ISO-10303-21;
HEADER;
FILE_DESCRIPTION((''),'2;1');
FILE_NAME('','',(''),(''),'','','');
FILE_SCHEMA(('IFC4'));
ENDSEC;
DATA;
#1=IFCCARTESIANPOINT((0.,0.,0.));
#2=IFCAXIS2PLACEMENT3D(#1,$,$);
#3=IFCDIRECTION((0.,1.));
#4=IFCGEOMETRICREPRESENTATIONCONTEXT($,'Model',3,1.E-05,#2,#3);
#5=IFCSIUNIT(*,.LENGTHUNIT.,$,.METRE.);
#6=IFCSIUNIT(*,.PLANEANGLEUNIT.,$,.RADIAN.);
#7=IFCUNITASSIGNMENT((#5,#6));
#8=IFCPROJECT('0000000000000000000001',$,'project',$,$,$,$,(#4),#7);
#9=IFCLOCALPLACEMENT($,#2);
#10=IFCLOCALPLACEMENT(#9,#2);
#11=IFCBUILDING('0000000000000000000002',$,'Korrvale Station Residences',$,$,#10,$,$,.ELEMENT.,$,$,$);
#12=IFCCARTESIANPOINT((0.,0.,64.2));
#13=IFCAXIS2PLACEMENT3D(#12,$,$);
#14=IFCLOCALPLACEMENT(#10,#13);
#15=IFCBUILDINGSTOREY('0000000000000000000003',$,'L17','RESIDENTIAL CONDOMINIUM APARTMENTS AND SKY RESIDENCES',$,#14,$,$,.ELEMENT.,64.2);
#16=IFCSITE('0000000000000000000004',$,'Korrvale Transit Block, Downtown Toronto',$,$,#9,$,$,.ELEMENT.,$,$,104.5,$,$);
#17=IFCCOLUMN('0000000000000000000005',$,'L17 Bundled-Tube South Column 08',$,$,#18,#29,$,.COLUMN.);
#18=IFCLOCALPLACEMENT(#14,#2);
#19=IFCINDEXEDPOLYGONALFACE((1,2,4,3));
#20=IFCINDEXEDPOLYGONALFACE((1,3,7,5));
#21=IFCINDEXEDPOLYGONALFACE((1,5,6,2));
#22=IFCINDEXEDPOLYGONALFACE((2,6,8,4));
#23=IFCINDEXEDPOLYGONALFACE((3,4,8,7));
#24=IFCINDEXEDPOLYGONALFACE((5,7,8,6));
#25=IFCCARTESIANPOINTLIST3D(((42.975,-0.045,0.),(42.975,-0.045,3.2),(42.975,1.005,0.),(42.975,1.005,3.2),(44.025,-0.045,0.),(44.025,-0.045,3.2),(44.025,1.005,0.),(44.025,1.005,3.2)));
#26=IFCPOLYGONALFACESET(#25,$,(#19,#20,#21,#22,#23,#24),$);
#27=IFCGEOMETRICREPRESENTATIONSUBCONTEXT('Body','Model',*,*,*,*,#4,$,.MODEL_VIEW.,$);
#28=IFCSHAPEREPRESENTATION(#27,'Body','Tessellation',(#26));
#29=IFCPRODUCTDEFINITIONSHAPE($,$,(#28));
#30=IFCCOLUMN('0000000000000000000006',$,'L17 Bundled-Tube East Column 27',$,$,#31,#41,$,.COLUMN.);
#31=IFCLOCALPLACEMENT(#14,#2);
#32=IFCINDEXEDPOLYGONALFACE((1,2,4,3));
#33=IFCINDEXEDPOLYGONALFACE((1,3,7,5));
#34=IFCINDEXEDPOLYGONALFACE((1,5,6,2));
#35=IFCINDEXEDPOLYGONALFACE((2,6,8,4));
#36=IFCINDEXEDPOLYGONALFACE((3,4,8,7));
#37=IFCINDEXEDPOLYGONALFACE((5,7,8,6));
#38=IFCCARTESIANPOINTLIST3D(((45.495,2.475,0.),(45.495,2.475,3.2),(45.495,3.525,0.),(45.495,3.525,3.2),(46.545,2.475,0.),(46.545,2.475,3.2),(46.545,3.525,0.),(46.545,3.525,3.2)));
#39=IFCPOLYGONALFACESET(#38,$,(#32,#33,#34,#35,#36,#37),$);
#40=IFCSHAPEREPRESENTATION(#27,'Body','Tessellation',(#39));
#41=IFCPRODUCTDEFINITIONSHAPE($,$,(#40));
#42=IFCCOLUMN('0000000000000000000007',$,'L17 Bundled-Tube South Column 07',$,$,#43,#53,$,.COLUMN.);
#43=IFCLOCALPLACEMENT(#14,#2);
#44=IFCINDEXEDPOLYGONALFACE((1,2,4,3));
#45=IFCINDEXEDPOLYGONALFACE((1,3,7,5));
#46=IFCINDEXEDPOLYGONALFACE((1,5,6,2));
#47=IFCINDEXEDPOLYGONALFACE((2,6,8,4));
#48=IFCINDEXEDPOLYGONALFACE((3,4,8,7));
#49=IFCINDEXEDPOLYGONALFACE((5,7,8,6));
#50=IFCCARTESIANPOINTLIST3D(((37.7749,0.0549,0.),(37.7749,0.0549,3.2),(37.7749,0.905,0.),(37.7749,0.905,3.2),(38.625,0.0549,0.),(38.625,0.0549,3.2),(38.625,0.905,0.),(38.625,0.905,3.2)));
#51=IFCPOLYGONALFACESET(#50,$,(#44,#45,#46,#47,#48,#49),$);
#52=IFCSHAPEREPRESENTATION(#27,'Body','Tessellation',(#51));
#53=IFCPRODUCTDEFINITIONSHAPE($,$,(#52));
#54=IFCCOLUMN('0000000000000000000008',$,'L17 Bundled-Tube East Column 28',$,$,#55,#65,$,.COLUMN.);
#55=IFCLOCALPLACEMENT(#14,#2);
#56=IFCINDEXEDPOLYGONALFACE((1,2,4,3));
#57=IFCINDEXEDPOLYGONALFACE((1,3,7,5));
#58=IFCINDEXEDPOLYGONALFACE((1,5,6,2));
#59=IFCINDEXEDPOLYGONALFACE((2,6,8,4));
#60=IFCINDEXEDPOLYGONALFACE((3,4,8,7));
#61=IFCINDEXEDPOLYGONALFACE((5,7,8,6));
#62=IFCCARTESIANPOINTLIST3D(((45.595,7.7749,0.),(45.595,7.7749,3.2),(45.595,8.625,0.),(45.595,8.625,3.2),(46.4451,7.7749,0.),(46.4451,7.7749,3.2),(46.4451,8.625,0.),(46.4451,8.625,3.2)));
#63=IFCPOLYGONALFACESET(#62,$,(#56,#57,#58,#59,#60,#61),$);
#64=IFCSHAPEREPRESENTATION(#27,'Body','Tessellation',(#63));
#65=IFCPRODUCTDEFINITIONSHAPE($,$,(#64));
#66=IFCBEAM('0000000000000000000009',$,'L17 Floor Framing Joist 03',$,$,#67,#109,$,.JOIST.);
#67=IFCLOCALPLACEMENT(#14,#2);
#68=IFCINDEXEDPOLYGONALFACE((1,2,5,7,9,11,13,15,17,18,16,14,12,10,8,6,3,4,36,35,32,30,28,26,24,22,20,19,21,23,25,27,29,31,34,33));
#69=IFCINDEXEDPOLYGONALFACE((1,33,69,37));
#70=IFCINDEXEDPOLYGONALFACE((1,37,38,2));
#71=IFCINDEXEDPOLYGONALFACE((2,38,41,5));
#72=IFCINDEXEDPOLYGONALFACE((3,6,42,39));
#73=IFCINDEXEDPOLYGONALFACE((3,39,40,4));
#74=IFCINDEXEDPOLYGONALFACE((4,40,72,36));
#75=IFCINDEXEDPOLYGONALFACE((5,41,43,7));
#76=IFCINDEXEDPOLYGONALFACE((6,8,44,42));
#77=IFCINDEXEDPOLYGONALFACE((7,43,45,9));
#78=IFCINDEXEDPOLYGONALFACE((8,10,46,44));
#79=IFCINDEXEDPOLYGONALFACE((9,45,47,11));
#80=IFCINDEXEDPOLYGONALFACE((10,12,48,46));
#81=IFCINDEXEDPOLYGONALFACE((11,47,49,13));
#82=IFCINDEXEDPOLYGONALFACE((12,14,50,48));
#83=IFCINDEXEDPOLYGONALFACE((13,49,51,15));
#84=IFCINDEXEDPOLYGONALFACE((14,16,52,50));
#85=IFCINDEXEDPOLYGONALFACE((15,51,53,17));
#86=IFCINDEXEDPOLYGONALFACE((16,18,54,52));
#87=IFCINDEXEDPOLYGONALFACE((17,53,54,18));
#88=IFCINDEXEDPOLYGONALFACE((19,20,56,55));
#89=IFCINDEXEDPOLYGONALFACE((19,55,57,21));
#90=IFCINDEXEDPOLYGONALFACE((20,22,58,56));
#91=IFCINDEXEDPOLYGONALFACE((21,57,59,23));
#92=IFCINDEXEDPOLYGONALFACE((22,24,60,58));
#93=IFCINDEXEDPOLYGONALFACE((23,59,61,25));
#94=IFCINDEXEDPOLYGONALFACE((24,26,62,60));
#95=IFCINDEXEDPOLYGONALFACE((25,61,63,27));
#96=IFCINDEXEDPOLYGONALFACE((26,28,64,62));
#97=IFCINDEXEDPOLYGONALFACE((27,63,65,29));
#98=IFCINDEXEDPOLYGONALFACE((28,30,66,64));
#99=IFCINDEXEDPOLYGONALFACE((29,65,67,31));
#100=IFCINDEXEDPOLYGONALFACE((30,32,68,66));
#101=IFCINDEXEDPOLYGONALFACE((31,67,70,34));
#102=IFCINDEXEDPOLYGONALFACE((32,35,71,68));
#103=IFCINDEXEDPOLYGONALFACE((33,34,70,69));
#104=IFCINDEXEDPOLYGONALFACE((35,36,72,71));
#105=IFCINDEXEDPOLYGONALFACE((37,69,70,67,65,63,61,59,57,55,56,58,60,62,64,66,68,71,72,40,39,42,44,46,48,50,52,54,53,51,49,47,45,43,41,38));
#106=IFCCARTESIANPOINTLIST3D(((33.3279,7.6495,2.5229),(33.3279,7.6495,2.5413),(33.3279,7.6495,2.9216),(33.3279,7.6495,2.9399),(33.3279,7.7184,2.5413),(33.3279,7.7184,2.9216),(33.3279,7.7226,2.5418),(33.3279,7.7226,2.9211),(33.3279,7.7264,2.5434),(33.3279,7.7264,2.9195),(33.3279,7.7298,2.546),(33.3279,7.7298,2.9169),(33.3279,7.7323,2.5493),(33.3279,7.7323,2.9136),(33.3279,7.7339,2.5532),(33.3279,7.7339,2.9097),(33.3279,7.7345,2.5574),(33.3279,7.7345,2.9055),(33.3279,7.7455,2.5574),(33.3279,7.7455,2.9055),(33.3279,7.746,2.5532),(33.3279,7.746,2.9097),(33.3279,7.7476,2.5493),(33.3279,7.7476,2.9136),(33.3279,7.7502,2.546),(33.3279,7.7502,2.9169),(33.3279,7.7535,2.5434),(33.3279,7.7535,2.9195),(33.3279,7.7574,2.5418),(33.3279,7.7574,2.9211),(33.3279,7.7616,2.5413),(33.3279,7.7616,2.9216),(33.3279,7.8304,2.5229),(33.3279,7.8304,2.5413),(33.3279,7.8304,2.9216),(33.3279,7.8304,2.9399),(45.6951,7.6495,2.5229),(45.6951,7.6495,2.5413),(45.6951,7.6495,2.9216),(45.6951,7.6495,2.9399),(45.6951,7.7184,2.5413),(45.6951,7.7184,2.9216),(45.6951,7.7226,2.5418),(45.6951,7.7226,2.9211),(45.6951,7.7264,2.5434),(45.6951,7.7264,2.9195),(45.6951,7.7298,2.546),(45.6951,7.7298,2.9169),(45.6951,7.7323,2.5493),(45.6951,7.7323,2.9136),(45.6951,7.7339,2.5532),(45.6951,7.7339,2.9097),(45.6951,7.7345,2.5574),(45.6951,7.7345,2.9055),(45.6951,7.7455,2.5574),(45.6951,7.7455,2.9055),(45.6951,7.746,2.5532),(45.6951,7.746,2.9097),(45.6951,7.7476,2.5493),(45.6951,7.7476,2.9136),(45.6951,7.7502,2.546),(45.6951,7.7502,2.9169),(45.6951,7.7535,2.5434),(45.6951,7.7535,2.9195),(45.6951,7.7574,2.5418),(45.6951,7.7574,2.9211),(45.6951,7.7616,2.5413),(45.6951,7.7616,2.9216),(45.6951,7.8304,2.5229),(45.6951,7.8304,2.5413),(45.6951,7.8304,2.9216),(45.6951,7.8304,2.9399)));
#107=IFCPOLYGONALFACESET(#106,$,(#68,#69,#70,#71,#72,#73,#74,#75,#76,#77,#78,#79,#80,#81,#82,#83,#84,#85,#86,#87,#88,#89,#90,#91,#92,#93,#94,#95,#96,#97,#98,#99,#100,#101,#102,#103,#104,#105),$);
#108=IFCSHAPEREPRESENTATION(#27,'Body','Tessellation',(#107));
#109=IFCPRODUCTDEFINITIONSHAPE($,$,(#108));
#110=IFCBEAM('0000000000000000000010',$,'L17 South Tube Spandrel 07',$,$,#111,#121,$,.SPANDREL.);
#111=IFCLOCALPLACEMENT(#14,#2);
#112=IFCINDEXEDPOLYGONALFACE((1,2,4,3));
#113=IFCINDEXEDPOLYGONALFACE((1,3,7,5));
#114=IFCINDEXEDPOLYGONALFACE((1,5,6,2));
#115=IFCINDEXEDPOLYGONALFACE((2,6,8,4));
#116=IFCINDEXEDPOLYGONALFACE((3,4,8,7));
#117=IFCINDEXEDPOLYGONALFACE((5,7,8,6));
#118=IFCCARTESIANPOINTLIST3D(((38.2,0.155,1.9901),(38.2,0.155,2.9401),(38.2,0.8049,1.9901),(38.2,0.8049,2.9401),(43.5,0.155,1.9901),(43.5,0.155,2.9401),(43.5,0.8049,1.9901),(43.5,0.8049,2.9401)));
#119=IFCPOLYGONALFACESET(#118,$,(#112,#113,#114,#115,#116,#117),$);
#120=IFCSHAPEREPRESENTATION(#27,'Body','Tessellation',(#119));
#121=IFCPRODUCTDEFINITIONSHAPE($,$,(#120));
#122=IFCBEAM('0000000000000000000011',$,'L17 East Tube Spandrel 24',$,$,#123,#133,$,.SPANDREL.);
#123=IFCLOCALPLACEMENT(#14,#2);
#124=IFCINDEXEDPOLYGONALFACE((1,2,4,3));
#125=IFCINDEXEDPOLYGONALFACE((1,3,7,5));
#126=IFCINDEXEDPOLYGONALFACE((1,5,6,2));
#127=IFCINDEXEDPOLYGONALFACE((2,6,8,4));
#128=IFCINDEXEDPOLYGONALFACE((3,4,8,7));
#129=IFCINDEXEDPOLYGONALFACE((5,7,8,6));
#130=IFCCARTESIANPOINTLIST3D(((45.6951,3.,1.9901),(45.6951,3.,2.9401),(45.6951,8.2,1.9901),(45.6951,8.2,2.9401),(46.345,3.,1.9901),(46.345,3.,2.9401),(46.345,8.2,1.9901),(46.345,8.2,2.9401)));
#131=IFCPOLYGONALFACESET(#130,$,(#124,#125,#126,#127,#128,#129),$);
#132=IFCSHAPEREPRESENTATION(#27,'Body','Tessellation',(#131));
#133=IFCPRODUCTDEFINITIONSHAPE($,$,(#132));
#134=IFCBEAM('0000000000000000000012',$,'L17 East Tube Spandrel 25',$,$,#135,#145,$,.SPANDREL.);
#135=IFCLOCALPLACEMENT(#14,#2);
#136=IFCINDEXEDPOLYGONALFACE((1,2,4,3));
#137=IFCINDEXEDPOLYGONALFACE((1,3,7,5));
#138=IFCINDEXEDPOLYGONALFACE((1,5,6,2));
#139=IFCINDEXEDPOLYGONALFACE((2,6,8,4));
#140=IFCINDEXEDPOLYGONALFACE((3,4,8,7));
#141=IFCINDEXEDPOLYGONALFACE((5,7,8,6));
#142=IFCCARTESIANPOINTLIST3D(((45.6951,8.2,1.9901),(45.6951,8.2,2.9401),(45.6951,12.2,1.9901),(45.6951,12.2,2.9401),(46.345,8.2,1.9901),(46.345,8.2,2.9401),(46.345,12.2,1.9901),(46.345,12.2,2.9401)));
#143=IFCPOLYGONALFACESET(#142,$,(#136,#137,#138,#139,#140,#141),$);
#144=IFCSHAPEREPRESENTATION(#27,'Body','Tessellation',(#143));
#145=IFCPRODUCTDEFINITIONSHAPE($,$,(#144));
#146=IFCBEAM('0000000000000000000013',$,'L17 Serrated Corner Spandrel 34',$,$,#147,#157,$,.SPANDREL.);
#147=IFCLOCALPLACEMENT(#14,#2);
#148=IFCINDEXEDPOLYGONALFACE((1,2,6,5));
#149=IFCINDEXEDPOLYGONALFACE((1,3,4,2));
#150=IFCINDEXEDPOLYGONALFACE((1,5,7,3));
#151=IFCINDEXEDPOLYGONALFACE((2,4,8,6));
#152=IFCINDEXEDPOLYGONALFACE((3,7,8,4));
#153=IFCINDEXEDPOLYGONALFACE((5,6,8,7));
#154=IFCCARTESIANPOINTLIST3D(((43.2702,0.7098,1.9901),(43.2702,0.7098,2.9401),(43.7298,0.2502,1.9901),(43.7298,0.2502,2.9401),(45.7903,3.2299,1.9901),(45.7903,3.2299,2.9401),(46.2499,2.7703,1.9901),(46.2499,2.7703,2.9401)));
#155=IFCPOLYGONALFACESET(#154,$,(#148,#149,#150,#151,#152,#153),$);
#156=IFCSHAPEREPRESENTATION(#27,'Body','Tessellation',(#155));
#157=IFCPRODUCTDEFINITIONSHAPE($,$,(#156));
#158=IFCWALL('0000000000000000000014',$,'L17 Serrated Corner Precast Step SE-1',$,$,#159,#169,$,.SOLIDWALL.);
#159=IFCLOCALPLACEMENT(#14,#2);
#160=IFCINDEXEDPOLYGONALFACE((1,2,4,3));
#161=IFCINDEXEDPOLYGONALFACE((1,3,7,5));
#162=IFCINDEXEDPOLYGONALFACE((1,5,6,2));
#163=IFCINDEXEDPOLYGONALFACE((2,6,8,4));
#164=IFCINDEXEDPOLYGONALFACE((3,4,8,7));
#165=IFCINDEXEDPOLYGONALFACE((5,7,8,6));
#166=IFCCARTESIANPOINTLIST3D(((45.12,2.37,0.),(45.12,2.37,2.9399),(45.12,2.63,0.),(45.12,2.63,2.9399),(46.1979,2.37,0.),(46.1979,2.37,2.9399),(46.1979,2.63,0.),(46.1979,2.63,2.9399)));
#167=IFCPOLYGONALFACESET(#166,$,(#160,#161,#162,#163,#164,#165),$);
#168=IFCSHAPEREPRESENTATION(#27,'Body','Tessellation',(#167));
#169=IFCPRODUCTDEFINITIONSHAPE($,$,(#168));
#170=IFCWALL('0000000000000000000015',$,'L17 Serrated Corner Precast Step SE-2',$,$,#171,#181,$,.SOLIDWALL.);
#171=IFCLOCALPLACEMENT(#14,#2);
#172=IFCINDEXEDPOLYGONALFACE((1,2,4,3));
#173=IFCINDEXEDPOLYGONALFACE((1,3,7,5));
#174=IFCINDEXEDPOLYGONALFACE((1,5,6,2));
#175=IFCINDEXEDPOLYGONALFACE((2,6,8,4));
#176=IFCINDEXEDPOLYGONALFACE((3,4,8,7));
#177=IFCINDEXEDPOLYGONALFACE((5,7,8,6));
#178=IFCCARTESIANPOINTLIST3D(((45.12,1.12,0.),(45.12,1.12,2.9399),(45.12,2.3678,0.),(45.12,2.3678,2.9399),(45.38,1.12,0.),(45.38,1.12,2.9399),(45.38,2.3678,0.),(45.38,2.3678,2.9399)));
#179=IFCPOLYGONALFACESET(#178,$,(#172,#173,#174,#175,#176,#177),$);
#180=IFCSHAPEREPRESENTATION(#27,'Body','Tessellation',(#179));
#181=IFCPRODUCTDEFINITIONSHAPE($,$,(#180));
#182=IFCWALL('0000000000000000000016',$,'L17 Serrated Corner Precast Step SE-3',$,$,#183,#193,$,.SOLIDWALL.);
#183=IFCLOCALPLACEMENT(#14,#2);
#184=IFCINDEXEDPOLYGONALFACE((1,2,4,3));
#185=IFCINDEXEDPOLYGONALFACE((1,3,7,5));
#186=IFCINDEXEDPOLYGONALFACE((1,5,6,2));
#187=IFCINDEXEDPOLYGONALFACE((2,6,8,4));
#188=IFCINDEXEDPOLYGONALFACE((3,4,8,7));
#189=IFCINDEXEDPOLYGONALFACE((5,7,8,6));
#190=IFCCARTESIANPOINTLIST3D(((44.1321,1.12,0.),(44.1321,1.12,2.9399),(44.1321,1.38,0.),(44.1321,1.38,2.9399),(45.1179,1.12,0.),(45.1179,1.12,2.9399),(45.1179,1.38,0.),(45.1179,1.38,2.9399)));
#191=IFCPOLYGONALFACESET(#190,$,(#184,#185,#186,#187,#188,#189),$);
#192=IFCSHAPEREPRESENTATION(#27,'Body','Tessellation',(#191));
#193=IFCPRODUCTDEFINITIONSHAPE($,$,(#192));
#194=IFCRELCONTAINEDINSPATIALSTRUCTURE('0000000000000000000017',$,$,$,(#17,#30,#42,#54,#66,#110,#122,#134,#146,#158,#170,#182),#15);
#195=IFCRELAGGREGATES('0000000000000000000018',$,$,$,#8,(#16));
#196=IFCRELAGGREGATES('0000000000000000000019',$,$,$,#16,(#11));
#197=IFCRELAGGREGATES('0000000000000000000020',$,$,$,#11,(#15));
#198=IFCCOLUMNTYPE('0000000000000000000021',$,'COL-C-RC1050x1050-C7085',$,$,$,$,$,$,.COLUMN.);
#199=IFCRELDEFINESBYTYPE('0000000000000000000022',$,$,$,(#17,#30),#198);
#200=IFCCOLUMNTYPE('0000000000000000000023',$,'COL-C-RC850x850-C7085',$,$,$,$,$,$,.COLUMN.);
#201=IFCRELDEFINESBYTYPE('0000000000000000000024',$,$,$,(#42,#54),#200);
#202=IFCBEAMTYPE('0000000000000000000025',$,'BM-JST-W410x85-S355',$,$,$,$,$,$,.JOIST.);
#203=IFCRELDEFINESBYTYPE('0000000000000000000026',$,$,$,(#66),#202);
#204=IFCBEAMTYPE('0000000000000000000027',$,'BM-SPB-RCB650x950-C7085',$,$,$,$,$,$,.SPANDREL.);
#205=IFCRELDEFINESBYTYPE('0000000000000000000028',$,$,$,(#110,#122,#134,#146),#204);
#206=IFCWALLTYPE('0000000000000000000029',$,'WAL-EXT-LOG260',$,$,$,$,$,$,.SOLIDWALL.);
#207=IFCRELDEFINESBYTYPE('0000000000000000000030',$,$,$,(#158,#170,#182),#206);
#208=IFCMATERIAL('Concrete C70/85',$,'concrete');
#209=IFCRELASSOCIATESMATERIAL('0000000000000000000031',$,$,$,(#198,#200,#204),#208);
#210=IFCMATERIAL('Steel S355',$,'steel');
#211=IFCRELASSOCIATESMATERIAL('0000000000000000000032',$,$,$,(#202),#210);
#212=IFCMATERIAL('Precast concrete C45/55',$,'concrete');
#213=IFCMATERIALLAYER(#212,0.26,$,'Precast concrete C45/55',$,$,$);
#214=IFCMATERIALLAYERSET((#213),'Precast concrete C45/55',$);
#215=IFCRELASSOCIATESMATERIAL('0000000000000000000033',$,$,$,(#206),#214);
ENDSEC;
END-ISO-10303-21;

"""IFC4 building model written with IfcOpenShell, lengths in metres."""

from ifc_helpers import new_model, si_unit, direction, frame, frame_2d, origin, origin_2d, place, context, subcontext, project, spatial, rectangle, i_section, extrude, material, layer, layer_set, material_profile, profile_set, type_object, element, save


model = new_model("IFC4")

# Units and contexts
model_context = context("Model", 3, precision=1e-05, world=origin(), true_north=direction((0.0, 1.0)))
body_context = subcontext(model_context, "Body", "Model", "MODEL_VIEW")
ifc_project = project(units=[si_unit("LENGTHUNIT", "METRE"), si_unit("PLANEANGLEUNIT", "RADIAN")], contexts=[model_context])

# Site, building, storey
site_placement = place(None, origin())
site = spatial("IfcSite", under=ifc_project, at=site_placement, Name="Korrvale Transit Block, Downtown Toronto", CompositionType="ELEMENT", RefElevation=104.5)
building_placement = place(site_placement, origin())
building = spatial("IfcBuilding", under=site, at=building_placement, Name="Korrvale Station Residences", CompositionType="ELEMENT")
storey_placement = place(building_placement, frame((0.0, 0.0, 64.2)))
storey = spatial("IfcBuildingStorey", under=building, at=storey_placement, Name="L17", Description="RESIDENTIAL CONDOMINIUM APARTMENTS AND SKY RESIDENCES", CompositionType="ELEMENT", Elevation=64.2)

# Columns
ifc_material_1 = material(Name="Concrete C70/85", Category="concrete")
ifc_material_profile_1 = material_profile(ifc_material_1, rectangle(XDim=1.05, YDim=1.05, at=origin_2d()), Name="RC1050x1050")
ifc_profile_set_1 = profile_set([ifc_material_profile_1], Name="Concrete C70/85")
column_type_1 = type_object("IfcColumnType", Name="COL-C-RC1050x1050-C7085", PredefinedType="COLUMN", material=ifc_profile_set_1)
for number, where, z_axis, x_axis, name in (
    (1, (43.5, 0.48, 0.0), (0.0, 0.0, 1.0), (1.0, 0.0, 0.0), "L17 Bundled-Tube South Column 08"),
    (2, (46.02, 3.0, 0.0), (0.0, 0.0, 1.0), (1.0, 0.0, 0.0), "L17 Bundled-Tube East Column 27"),
):
    element("IfcColumn", number, at=place(storey_placement, frame(where, z_axis=z_axis, x_axis=x_axis)), inside=storey, type_object=column_type_1, Name=name, PredefinedType="COLUMN", context=body_context, shape_type="SweptSolid", body=[
        extrude(rectangle(XDim=1.05, YDim=1.05, at=origin_2d()), origin(), (0.0, 0.0, 1.0), 3.2),
    ])
ifc_material_profile_2 = material_profile(ifc_material_1, rectangle(XDim=0.8501, YDim=0.8501, at=origin_2d()), Name="RC850x850")
ifc_profile_set_2 = profile_set([ifc_material_profile_2], Name="Concrete C70/85")
column_type_2 = type_object("IfcColumnType", Name="COL-C-RC850x850-C7085", PredefinedType="COLUMN", material=ifc_profile_set_2)
for number, where, z_axis, x_axis, name in (
    (3, (38.2, 0.48, 0.0), (0.0, 0.0, 1.0), (1.0, 0.0, 0.0), "L17 Bundled-Tube South Column 07"),
    (4, (46.02, 8.2, 0.0), (0.0, 0.0, 1.0), (1.0, 0.0, 0.0), "L17 Bundled-Tube East Column 28"),
):
    element("IfcColumn", number, at=place(storey_placement, frame(where, z_axis=z_axis, x_axis=x_axis)), inside=storey, type_object=column_type_2, Name=name, PredefinedType="COLUMN", context=body_context, shape_type="SweptSolid", body=[
        extrude(rectangle(XDim=0.8501, YDim=0.8501, at=origin_2d()), origin(), (0.0, 0.0, 1.0), 3.2),
    ])

# Beams
ifc_material_2 = material(Name="Steel S355", Category="steel")
ifc_material_profile_3 = material_profile(ifc_material_2, i_section(OverallWidth=0.1809, OverallDepth=0.417, WebThickness=0.011, FlangeThickness=0.0183, FilletRadius=0.0161, at=origin_2d()), Name="W410x85")
ifc_profile_set_3 = profile_set([ifc_material_profile_3], Name="Steel S355")
beam_type_1 = type_object("IfcBeamType", Name="BM-JST-W410x85-S355", PredefinedType="JOIST", material=ifc_profile_set_3)
beam_1_placement = place(storey_placement, frame((33.3279, 7.74, 2.7314), z_axis=(1.0, 0.0, 0.0), x_axis=(0.0, 1.0, 0.0)))
element("IfcBeam", 5, at=beam_1_placement, inside=storey, type_object=beam_type_1, Name="L17 Floor Framing Joist 03", PredefinedType="JOIST", context=body_context, shape_type="SweptSolid", body=[
    extrude(i_section(OverallWidth=0.1809, OverallDepth=0.417, WebThickness=0.011, FlangeThickness=0.0183, FilletRadius=0.0161, at=origin_2d()), origin(), (0.0, 0.0, 1.0), 12.3672),
])
ifc_material_profile_4 = material_profile(ifc_material_1, rectangle(XDim=0.6499, YDim=0.95, at=origin_2d()), Name="RCB650x950")
ifc_profile_set_4 = profile_set([ifc_material_profile_4], Name="Concrete C70/85")
beam_type_2 = type_object("IfcBeamType", Name="BM-SPB-RCB650x950-C7085", PredefinedType="SPANDREL", material=ifc_profile_set_4)
beam_2_placement = place(storey_placement, frame((38.2, 0.48, 2.4651), z_axis=(1.0, 0.0, 0.0), x_axis=(0.0, 1.0, 0.0)))
element("IfcBeam", 6, at=beam_2_placement, inside=storey, type_object=beam_type_2, Name="L17 South Tube Spandrel 07", PredefinedType="SPANDREL", context=body_context, shape_type="SweptSolid", body=[
    extrude(rectangle(XDim=0.6499, YDim=0.95, at=origin_2d()), origin(), (0.0, 0.0, 1.0), 5.3),
])
beam_3_placement = place(storey_placement, frame((46.02, 3.0, 2.4651), z_axis=(0.0, 1.0, 0.0), x_axis=(-1.0, 0.0, 0.0)))
element("IfcBeam", 7, at=beam_3_placement, inside=storey, type_object=beam_type_2, Name="L17 East Tube Spandrel 24", PredefinedType="SPANDREL", context=body_context, shape_type="SweptSolid", body=[
    extrude(rectangle(XDim=0.6499, YDim=0.95, at=origin_2d()), origin(), (0.0, 0.0, 1.0), 5.2),
])
beam_4_placement = place(storey_placement, frame((46.02, 8.2, 2.4651), z_axis=(0.0, 1.0, 0.0), x_axis=(-1.0, 0.0, 0.0)))
element("IfcBeam", 8, at=beam_4_placement, inside=storey, type_object=beam_type_2, Name="L17 East Tube Spandrel 25", PredefinedType="SPANDREL", context=body_context, shape_type="SweptSolid", body=[
    extrude(rectangle(XDim=0.6499, YDim=0.95, at=origin_2d()), origin(), (0.0, 0.0, 1.0), 4.0),
])
beam_5_placement = place(storey_placement, frame((43.5, 0.48, 2.4651), z_axis=(0.707107, 0.707107, 0.0), x_axis=(-0.707107, 0.707107, 0.0)))
element("IfcBeam", 9, at=beam_5_placement, inside=storey, type_object=beam_type_2, Name="L17 Serrated Corner Spandrel 34", PredefinedType="SPANDREL", context=body_context, shape_type="SweptSolid", body=[
    extrude(rectangle(XDim=0.6499, YDim=0.95, at=origin_2d()), origin(), (0.0, 0.0, 1.0), 3.564),
])

# Walls
ifc_material_3 = material(Name="Precast concrete C45/55", Category="concrete")
ifc_layer_1 = layer(ifc_material_3, 0.26, Name="Precast concrete C45/55")
ifc_layer_set_1 = layer_set([ifc_layer_1], Name="Precast concrete C45/55")
wall_type_1 = type_object("IfcWallType", Name="WAL-EXT-LOG260", PredefinedType="SOLIDWALL", material=ifc_layer_set_1)
wall_1_placement = place(storey_placement, frame((46.198, 2.5, 0.0), z_axis=(0.0, 0.0, 1.0), x_axis=(-1.0, 0.0, 0.0)))
element("IfcWall", 10, at=wall_1_placement, inside=storey, type_object=wall_type_1, Name="L17 Serrated Corner Precast Step SE-1", PredefinedType="SOLIDWALL", context=body_context, shape_type="SweptSolid", body=[
    extrude(rectangle(XDim=1.0779, YDim=0.26, at=frame_2d((0.5391, 0.0))), origin(), (0.0, 0.0, 1.0), 2.9399),
])
wall_2_placement = place(storey_placement, frame((45.25, 2.3679, 0.0), z_axis=(0.0, 0.0, 1.0), x_axis=(0.0, -1.0, 0.0)))
element("IfcWall", 11, at=wall_2_placement, inside=storey, type_object=wall_type_1, Name="L17 Serrated Corner Precast Step SE-2", PredefinedType="SOLIDWALL", context=body_context, shape_type="SweptSolid", body=[
    extrude(rectangle(XDim=1.2478, YDim=0.26, at=frame_2d((0.624, 0.0))), origin(), (0.0, 0.0, 1.0), 2.9399),
])
wall_3_placement = place(storey_placement, frame((45.1179, 1.25, 0.0), z_axis=(0.0, 0.0, 1.0), x_axis=(-1.0, 0.0, 0.0)))
element("IfcWall", 12, at=wall_3_placement, inside=storey, type_object=wall_type_1, Name="L17 Serrated Corner Precast Step SE-3", PredefinedType="SOLIDWALL", context=body_context, shape_type="SweptSolid", body=[
    extrude(rectangle(XDim=0.9858, YDim=0.26, at=frame_2d((0.4929, 0.0))), origin(), (0.0, 0.0, 1.0), 2.9399),
])

save(model, "model.ifc")
